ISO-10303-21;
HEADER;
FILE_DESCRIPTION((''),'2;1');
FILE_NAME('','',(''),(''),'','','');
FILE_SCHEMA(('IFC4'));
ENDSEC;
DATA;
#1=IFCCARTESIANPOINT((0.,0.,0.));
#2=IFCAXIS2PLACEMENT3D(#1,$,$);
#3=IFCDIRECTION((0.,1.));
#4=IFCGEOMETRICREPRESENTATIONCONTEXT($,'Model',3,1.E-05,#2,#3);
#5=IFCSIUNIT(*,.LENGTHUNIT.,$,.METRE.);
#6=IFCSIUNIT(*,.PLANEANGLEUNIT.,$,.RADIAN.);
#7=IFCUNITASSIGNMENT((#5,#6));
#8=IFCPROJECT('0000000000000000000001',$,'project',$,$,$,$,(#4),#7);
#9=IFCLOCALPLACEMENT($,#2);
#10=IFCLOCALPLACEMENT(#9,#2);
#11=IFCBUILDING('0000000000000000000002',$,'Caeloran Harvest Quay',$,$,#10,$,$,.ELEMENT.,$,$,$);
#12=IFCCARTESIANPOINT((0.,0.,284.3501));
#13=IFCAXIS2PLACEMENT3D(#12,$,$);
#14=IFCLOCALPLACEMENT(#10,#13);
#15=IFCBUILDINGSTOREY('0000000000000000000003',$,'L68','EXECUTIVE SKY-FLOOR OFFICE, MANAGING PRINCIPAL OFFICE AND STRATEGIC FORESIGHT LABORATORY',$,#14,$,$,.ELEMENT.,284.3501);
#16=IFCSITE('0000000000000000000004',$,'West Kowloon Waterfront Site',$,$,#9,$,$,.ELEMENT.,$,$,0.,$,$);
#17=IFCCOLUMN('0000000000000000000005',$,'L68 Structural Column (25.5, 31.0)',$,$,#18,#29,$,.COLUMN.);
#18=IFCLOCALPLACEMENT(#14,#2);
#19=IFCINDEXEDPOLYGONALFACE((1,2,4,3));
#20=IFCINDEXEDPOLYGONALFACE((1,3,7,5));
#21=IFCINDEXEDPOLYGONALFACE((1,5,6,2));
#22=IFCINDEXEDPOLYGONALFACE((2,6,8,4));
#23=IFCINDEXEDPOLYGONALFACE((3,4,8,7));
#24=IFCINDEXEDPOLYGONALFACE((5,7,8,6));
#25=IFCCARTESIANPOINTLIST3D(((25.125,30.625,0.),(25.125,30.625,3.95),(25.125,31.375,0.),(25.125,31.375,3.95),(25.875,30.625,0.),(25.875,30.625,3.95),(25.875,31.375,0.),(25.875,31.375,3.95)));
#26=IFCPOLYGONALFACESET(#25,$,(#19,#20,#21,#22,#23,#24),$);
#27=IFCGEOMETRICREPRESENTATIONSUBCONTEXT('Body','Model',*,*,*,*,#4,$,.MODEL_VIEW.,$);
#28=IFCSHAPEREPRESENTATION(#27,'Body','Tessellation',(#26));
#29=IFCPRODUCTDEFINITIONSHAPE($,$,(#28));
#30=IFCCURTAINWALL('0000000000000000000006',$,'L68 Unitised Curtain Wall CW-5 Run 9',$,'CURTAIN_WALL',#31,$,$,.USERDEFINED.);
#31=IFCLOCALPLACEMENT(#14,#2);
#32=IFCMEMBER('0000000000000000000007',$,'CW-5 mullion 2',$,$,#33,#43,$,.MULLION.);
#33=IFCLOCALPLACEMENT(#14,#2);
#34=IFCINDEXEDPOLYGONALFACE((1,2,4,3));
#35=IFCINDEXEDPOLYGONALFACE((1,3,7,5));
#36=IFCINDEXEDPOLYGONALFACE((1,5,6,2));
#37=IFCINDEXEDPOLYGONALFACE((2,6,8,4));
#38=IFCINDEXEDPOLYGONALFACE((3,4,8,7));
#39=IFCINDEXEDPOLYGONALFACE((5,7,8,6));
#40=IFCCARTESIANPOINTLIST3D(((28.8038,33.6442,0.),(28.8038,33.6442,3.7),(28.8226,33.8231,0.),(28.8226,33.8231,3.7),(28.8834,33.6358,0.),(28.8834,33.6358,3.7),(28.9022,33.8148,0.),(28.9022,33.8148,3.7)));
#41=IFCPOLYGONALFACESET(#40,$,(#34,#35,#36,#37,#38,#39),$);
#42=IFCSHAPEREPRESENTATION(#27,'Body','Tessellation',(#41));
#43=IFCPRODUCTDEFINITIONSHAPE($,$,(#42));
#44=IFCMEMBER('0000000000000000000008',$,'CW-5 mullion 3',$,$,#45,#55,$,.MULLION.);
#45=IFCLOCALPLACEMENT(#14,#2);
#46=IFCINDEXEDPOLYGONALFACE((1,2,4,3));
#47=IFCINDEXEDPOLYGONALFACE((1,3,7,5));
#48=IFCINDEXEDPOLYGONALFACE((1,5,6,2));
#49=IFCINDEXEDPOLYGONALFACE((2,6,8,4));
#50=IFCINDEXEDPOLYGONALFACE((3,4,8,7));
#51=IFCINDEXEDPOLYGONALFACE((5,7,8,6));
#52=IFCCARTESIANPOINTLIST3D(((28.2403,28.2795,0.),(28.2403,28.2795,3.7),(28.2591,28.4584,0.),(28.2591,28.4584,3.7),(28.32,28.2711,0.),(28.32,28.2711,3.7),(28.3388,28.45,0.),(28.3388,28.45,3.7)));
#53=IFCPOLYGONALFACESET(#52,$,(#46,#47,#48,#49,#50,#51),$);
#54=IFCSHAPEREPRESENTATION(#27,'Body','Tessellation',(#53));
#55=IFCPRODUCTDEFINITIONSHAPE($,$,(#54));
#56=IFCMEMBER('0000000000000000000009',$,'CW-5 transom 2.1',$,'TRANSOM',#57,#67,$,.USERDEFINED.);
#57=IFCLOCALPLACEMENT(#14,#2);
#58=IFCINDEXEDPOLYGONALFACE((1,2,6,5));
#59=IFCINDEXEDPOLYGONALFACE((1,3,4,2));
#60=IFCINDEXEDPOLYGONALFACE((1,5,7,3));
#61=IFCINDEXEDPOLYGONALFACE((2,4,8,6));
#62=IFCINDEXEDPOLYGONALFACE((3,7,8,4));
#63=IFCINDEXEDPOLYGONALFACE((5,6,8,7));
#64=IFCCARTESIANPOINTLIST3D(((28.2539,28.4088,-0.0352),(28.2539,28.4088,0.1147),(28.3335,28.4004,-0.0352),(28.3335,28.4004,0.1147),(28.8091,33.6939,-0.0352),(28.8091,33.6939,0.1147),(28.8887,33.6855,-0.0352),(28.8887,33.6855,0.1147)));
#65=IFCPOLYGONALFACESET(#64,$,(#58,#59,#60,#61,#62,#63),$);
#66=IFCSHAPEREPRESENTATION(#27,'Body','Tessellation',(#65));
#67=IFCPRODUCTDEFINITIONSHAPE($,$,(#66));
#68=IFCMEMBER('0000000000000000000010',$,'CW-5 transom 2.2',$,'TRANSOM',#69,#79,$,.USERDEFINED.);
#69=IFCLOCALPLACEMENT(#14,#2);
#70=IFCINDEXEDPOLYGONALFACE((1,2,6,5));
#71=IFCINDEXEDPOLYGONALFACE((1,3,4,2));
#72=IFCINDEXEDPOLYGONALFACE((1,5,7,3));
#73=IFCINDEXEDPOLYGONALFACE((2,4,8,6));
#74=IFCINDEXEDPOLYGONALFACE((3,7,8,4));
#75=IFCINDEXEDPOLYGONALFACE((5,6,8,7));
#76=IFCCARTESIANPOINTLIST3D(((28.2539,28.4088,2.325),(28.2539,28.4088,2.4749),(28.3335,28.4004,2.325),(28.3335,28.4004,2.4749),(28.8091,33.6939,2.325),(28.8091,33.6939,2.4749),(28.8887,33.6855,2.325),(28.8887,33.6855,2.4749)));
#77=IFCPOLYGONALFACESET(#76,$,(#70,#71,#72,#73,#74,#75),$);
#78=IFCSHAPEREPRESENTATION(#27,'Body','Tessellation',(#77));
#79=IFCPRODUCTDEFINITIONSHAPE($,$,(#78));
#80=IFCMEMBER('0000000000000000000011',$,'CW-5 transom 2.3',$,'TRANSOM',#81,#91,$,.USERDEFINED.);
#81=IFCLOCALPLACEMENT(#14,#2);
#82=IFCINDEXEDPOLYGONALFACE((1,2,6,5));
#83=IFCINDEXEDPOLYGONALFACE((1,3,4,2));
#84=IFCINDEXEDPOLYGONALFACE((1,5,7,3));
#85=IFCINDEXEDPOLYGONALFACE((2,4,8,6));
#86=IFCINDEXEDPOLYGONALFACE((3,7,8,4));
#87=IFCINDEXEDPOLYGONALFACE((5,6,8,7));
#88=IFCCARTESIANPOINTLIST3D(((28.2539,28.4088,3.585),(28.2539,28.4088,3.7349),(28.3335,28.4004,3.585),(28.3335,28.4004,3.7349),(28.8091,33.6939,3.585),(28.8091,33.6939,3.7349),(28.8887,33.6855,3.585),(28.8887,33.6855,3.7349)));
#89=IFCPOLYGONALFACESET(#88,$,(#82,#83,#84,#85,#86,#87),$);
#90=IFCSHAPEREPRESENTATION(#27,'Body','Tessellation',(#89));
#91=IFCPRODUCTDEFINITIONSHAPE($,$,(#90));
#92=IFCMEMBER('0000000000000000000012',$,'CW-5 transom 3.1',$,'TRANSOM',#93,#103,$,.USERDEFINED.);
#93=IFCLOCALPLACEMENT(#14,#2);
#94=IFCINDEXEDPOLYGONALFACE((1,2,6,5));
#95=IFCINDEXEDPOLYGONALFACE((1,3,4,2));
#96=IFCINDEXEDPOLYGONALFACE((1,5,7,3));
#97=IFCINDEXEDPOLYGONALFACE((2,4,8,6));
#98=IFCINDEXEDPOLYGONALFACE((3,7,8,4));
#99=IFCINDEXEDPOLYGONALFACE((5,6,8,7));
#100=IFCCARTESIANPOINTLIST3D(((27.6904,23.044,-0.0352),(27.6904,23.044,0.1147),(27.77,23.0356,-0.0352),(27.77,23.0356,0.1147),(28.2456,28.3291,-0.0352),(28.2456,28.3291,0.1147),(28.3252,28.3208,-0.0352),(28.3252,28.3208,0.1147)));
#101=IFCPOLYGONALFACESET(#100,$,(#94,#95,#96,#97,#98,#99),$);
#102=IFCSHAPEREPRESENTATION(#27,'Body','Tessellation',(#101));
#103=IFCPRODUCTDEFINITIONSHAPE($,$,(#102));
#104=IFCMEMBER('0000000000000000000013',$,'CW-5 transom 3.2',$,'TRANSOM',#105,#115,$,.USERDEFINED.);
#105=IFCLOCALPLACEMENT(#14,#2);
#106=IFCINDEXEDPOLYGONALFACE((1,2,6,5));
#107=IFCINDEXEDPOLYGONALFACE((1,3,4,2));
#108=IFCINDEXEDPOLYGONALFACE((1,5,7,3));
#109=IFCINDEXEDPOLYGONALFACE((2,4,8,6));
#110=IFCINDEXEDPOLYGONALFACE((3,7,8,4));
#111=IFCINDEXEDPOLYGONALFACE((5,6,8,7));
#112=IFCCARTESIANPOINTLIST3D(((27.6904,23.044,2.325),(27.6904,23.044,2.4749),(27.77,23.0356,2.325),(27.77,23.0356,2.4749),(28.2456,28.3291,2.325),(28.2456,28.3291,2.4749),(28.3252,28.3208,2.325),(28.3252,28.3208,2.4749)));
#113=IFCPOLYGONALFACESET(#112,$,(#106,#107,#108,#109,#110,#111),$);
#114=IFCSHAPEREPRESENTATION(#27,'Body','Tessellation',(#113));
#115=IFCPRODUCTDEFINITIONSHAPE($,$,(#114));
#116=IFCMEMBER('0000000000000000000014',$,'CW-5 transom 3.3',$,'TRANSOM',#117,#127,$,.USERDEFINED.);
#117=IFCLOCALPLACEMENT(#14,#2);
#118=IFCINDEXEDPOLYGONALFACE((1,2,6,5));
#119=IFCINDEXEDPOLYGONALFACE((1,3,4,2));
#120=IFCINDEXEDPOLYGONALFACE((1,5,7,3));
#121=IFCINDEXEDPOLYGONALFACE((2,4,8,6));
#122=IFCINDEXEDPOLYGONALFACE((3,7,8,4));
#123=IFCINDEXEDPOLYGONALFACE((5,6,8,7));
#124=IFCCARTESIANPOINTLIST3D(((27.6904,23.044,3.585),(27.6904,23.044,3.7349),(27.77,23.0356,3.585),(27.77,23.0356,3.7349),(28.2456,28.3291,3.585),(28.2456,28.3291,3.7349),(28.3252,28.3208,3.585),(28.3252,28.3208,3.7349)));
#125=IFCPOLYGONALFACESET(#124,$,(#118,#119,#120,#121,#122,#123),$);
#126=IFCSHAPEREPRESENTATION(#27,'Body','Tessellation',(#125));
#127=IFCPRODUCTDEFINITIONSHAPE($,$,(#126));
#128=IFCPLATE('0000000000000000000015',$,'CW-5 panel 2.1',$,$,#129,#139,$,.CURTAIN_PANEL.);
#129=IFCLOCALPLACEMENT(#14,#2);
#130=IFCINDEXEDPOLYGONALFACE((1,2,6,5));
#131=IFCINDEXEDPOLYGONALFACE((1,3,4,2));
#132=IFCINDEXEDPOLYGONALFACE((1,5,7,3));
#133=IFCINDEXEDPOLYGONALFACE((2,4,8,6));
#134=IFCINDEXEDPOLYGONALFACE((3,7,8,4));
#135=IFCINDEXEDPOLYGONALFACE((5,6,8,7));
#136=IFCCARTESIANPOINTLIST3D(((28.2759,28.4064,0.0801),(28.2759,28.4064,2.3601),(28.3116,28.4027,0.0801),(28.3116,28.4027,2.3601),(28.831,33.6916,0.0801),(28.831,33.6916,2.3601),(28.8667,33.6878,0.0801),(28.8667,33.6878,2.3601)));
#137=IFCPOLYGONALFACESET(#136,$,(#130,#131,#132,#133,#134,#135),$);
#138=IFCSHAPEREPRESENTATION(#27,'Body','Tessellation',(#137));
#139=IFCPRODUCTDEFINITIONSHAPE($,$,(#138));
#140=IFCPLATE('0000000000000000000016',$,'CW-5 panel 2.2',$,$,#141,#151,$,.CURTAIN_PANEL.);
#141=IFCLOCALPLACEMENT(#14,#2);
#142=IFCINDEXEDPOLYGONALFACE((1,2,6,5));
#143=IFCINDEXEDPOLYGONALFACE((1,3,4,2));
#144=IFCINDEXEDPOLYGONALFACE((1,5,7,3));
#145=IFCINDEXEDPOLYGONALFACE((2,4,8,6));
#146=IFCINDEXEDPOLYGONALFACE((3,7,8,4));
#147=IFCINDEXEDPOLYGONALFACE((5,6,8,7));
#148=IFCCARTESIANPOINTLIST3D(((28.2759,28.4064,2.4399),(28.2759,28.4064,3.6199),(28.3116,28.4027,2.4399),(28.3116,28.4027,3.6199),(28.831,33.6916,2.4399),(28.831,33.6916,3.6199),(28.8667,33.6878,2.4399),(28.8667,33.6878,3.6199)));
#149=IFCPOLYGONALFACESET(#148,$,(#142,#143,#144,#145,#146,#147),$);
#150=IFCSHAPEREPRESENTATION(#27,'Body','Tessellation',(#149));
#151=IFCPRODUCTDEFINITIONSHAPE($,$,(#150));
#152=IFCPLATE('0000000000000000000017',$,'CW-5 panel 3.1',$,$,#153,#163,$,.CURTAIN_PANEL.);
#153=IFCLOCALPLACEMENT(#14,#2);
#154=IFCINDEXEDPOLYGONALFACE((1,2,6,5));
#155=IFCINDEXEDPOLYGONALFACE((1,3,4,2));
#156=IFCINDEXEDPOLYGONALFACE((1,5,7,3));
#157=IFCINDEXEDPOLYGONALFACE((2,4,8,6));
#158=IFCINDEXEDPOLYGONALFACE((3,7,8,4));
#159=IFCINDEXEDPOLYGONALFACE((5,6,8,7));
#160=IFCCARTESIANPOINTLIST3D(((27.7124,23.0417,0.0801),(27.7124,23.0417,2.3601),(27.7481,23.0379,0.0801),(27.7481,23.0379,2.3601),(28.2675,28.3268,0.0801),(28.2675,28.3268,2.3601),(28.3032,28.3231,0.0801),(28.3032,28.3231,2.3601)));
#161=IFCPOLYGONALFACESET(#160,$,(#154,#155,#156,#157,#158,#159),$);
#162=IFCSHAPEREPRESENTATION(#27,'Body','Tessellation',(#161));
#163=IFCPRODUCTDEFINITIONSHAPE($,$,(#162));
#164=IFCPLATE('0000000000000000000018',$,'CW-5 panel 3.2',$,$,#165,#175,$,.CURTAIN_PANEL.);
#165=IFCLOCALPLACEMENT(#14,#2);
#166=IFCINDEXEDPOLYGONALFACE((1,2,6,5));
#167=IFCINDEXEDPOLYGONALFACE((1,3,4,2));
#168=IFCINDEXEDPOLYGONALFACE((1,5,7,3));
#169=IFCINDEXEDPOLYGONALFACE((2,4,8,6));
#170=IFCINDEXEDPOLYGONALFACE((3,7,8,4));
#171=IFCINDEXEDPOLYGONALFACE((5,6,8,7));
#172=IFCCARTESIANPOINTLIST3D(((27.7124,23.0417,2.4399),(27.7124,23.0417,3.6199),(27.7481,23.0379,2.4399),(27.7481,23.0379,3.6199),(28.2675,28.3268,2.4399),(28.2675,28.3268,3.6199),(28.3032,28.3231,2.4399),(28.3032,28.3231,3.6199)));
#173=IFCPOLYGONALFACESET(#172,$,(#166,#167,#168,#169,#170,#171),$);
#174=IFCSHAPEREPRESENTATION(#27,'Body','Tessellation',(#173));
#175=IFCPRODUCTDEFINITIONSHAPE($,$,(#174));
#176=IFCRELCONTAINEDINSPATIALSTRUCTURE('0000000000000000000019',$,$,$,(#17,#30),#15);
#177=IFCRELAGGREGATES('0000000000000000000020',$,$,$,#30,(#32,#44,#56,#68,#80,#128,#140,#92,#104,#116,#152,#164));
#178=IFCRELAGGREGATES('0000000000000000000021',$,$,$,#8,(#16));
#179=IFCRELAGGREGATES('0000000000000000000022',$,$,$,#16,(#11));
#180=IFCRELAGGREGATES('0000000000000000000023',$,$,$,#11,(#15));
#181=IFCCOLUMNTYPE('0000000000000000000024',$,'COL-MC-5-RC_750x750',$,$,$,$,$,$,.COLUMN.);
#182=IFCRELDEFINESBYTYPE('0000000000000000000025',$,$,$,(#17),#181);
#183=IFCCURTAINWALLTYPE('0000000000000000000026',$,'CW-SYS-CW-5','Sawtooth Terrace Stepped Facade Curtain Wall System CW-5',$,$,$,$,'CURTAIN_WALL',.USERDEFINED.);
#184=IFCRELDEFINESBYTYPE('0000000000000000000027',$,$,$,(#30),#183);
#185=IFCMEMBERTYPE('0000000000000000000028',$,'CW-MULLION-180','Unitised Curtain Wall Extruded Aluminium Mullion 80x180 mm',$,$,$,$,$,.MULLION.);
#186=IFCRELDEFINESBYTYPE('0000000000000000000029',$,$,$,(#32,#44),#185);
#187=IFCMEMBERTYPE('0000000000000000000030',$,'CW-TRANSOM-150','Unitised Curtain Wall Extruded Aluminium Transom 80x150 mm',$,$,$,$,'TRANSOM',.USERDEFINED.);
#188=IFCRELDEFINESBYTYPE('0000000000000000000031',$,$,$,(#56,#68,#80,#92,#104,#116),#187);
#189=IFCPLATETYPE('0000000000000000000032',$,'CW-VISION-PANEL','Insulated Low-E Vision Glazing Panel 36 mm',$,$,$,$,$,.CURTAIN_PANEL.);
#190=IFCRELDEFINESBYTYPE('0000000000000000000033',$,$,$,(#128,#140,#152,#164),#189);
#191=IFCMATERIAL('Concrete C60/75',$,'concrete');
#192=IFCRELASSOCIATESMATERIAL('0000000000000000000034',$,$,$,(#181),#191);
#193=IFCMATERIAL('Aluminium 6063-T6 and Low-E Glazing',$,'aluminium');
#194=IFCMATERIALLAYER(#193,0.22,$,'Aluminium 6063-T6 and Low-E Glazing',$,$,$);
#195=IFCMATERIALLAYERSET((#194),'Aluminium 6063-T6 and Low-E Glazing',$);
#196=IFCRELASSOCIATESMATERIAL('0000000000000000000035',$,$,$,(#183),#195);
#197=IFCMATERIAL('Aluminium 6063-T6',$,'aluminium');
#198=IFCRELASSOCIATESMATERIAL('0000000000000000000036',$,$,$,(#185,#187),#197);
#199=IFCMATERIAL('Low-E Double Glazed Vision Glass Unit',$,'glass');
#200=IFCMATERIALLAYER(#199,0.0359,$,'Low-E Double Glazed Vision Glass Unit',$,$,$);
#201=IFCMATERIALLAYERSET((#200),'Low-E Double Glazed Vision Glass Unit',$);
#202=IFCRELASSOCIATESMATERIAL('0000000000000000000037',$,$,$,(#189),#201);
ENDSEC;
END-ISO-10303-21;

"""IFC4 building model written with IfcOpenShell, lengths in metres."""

from ifc_helpers import new_model, si_unit, direction, frame, origin, origin_2d, place, context, subcontext, project, spatial, rectangle, extrude, material, layer, layer_set, material_profile, profile_set, type_object, element, aggregate, save


model = new_model("IFC4")

# Units and contexts
model_context = context("Model", 3, precision=1e-05, world=origin(), true_north=direction((0.0, 1.0)))
body_context = subcontext(model_context, "Body", "Model", "MODEL_VIEW")
ifc_project = project(units=[si_unit("LENGTHUNIT", "METRE"), si_unit("PLANEANGLEUNIT", "RADIAN")], contexts=[model_context])

# Site, building, storey
site_placement = place(None, origin())
site = spatial("IfcSite", under=ifc_project, at=site_placement, Name="West Kowloon Waterfront Site", CompositionType="ELEMENT", RefElevation=0.0)
building_placement = place(site_placement, origin())
building = spatial("IfcBuilding", under=site, at=building_placement, Name="Caeloran Harvest Quay", CompositionType="ELEMENT")
storey_placement = place(building_placement, frame((0.0, 0.0, 284.3501)))
storey = spatial("IfcBuildingStorey", under=building, at=storey_placement, Name="L68", Description="EXECUTIVE SKY-FLOOR OFFICE, MANAGING PRINCIPAL OFFICE AND STRATEGIC FORESIGHT LABORATORY", CompositionType="ELEMENT", Elevation=284.3501)

# Column
ifc_material_1 = material(Name="Concrete C60/75", Category="concrete")
ifc_material_profile_1 = material_profile(ifc_material_1, rectangle(XDim=0.75, YDim=0.75, at=origin_2d()), Name="RC 750x750")
ifc_profile_set_1 = profile_set([ifc_material_profile_1], Name="Concrete C60/75")
column_type = type_object("IfcColumnType", Name="COL-MC-5-RC_750x750", PredefinedType="COLUMN", material=ifc_profile_set_1)
column_placement = place(storey_placement, frame((25.5, 31.0, 0.0), z_axis=(0.0, 0.0, 1.0), x_axis=(1.0, 0.0, 0.0)))
element("IfcColumn", 1, at=column_placement, inside=storey, type_object=column_type, Name="L68 Structural Column (25.5, 31.0)", PredefinedType="COLUMN", context=body_context, shape_type="SweptSolid", body=[
    extrude(rectangle(XDim=0.75, YDim=0.75, at=origin_2d()), origin(), (0.0, 0.0, 1.0), 3.95),
])

# Curtain wall, members, plates
ifc_material_2 = material(Name="Aluminium 6063-T6 and Low-E Glazing", Category="aluminium")
ifc_layer_1 = layer(ifc_material_2, 0.22, Name="Aluminium 6063-T6 and Low-E Glazing")
ifc_layer_set_1 = layer_set([ifc_layer_1], Name="Aluminium 6063-T6 and Low-E Glazing")
curtain_wall_type = type_object("IfcCurtainWallType", Name="CW-SYS-CW-5", Description="Sawtooth Terrace Stepped Facade Curtain Wall System CW-5", ElementType="CURTAIN_WALL", PredefinedType="USERDEFINED", material=ifc_layer_set_1)
curtain_wall_placement = place(storey_placement, origin())
curtain_wall = element("IfcCurtainWall", 2, at=curtain_wall_placement, inside=storey, type_object=curtain_wall_type, Name="L68 Unitised Curtain Wall CW-5 Run 9", ObjectType="CURTAIN_WALL", PredefinedType="USERDEFINED")
ifc_material_3 = material(Name="Aluminium 6063-T6", Category="aluminium")
ifc_material_profile_2 = material_profile(ifc_material_3, rectangle(XDim=0.0801, YDim=0.1799, at=origin_2d()), Name="CW-MULLION-180")
ifc_profile_set_2 = profile_set([ifc_material_profile_2], Name="Aluminium 6063-T6")
member_type_1 = type_object("IfcMemberType", Name="CW-MULLION-180", Description="Unitised Curtain Wall Extruded Aluminium Mullion 80x180 mm", PredefinedType="MULLION", material=ifc_profile_set_2)
member_1_placement = place(storey_placement, frame((28.853, 33.7295, 0.0), z_axis=(0.0, 0.0, 1.0), x_axis=(0.994529, -0.10446, 0.0)))
member_1 = element("IfcMember", 3, at=member_1_placement, type_object=member_type_1, Name="CW-5 mullion 2", PredefinedType="MULLION", context=body_context, shape_type="SweptSolid", body=[
    extrude(rectangle(XDim=0.0801, YDim=0.1799, at=origin_2d()), origin(), (0.0, 0.0, 1.0), 3.7),
])
member_2_placement = place(storey_placement, frame((28.2896, 28.3647, 0.0), z_axis=(0.0, 0.0, 1.0), x_axis=(0.994529, -0.10446, 0.0)))
member_2 = element("IfcMember", 4, at=member_2_placement, type_object=member_type_1, Name="CW-5 mullion 3", PredefinedType="MULLION", context=body_context, shape_type="SweptSolid", body=[
    extrude(rectangle(XDim=0.0801, YDim=0.1799, at=origin_2d()), origin(), (0.0, 0.0, 1.0), 3.7),
])
ifc_material_profile_3 = material_profile(ifc_material_3, rectangle(XDim=0.0801, YDim=0.1499, at=origin_2d()), Name="CW-TRANSOM-150")
ifc_profile_set_3 = profile_set([ifc_material_profile_3], Name="Aluminium 6063-T6")
member_type_2 = type_object("IfcMemberType", Name="CW-TRANSOM-150", Description="Unitised Curtain Wall Extruded Aluminium Transom 80x150 mm", ElementType="TRANSOM", PredefinedType="USERDEFINED", material=ifc_profile_set_3)
member_3_placement = place(storey_placement, frame((28.8489, 33.6897, 0.0398), z_axis=(-0.10447, -0.994528, 0.0), x_axis=(0.994528, -0.10447, 0.0)))
member_3 = element("IfcMember", 5, at=member_3_placement, type_object=member_type_2, Name="CW-5 transom 2.1", ObjectType="TRANSOM", PredefinedType="USERDEFINED", context=body_context, shape_type="SweptSolid", body=[
    extrude(rectangle(XDim=0.0801, YDim=0.1499, at=origin_2d()), origin(), (0.0, 0.0, 1.0), 5.3142),
])
member_4_placement = place(storey_placement, frame((28.8489, 33.6897, 2.3999), z_axis=(-0.10447, -0.994528, 0.0), x_axis=(0.994528, -0.10447, 0.0)))
member_4 = element("IfcMember", 6, at=member_4_placement, type_object=member_type_2, Name="CW-5 transom 2.2", ObjectType="TRANSOM", PredefinedType="USERDEFINED", context=body_context, shape_type="SweptSolid", body=[
    extrude(rectangle(XDim=0.0801, YDim=0.1499, at=origin_2d()), origin(), (0.0, 0.0, 1.0), 5.3142),
])
member_5_placement = place(storey_placement, frame((28.8489, 33.6897, 3.6599), z_axis=(-0.10447, -0.994528, 0.0), x_axis=(0.994528, -0.10447, 0.0)))
member_5 = element("IfcMember", 7, at=member_5_placement, type_object=member_type_2, Name="CW-5 transom 2.3", ObjectType="TRANSOM", PredefinedType="USERDEFINED", context=body_context, shape_type="SweptSolid", body=[
    extrude(rectangle(XDim=0.0801, YDim=0.1499, at=origin_2d()), origin(), (0.0, 0.0, 1.0), 5.3142),
])
member_6_placement = place(storey_placement, frame((28.2854, 28.325, 0.0398), z_axis=(-0.10447, -0.994528, 0.0), x_axis=(0.994528, -0.10447, 0.0)))
member_6 = element("IfcMember", 8, at=member_6_placement, type_object=member_type_2, Name="CW-5 transom 3.1", ObjectType="TRANSOM", PredefinedType="USERDEFINED", context=body_context, shape_type="SweptSolid", body=[
    extrude(rectangle(XDim=0.0801, YDim=0.1499, at=origin_2d()), origin(), (0.0, 0.0, 1.0), 5.3142),
])
member_7_placement = place(storey_placement, frame((28.2854, 28.325, 2.3999), z_axis=(-0.10447, -0.994528, 0.0), x_axis=(0.994528, -0.10447, 0.0)))
member_7 = element("IfcMember", 9, at=member_7_placement, type_object=member_type_2, Name="CW-5 transom 3.2", ObjectType="TRANSOM", PredefinedType="USERDEFINED", context=body_context, shape_type="SweptSolid", body=[
    extrude(rectangle(XDim=0.0801, YDim=0.1499, at=origin_2d()), origin(), (0.0, 0.0, 1.0), 5.3142),
])
member_8_placement = place(storey_placement, frame((28.2854, 28.325, 3.6599), z_axis=(-0.10447, -0.994528, 0.0), x_axis=(0.994528, -0.10447, 0.0)))
member_8 = element("IfcMember", 10, at=member_8_placement, type_object=member_type_2, Name="CW-5 transom 3.3", ObjectType="TRANSOM", PredefinedType="USERDEFINED", context=body_context, shape_type="SweptSolid", body=[
    extrude(rectangle(XDim=0.0801, YDim=0.1499, at=origin_2d()), origin(), (0.0, 0.0, 1.0), 5.3142),
])
ifc_material_4 = material(Name="Low-E Double Glazed Vision Glass Unit", Category="glass")
ifc_layer_2 = layer(ifc_material_4, 0.0359, Name="Low-E Double Glazed Vision Glass Unit")
ifc_layer_set_2 = layer_set([ifc_layer_2], Name="Low-E Double Glazed Vision Glass Unit")
plate_type = type_object("IfcPlateType", Name="CW-VISION-PANEL", Description="Insulated Low-E Vision Glazing Panel 36 mm", PredefinedType="CURTAIN_PANEL", material=ifc_layer_set_2)
plate_1_placement = place(storey_placement, frame((28.5713, 31.0471, 0.0801), z_axis=(0.0, 0.0, 1.0), x_axis=(-0.10446, -0.994529, 0.0)))
plate_1 = element("IfcPlate", 11, at=plate_1_placement, type_object=plate_type, Name="CW-5 panel 2.1", PredefinedType="CURTAIN_PANEL", context=body_context, shape_type="SweptSolid", body=[
    extrude(rectangle(XDim=5.3142, YDim=0.0359, at=origin_2d()), origin(), (0.0, 0.0, 1.0), 2.28),
])
plate_2_placement = place(storey_placement, frame((28.5713, 31.0471, 2.4399), z_axis=(0.0, 0.0, 1.0), x_axis=(-0.10446, -0.994529, 0.0)))
plate_2 = element("IfcPlate", 12, at=plate_2_placement, type_object=plate_type, Name="CW-5 panel 2.2", PredefinedType="CURTAIN_PANEL", context=body_context, shape_type="SweptSolid", body=[
    extrude(rectangle(XDim=5.3142, YDim=0.0359, at=origin_2d()), origin(), (0.0, 0.0, 1.0), 1.1799),
])
plate_3_placement = place(storey_placement, frame((28.0078, 25.6824, 0.0801), z_axis=(0.0, 0.0, 1.0), x_axis=(-0.10446, -0.994529, 0.0)))
plate_3 = element("IfcPlate", 13, at=plate_3_placement, type_object=plate_type, Name="CW-5 panel 3.1", PredefinedType="CURTAIN_PANEL", context=body_context, shape_type="SweptSolid", body=[
    extrude(rectangle(XDim=5.3142, YDim=0.0359, at=origin_2d()), origin(), (0.0, 0.0, 1.0), 2.28),
])
plate_4_placement = place(storey_placement, frame((28.0078, 25.6824, 2.4399), z_axis=(0.0, 0.0, 1.0), x_axis=(-0.10446, -0.994529, 0.0)))
plate_4 = element("IfcPlate", 14, at=plate_4_placement, type_object=plate_type, Name="CW-5 panel 3.2", PredefinedType="CURTAIN_PANEL", context=body_context, shape_type="SweptSolid", body=[
    extrude(rectangle(XDim=5.3142, YDim=0.0359, at=origin_2d()), origin(), (0.0, 0.0, 1.0), 1.1799),
])
aggregate(curtain_wall, [member_1, member_2, member_3, member_4, member_5, plate_1, plate_2, member_6, member_7, member_8, plate_3, plate_4])

save(model, "model.ifc")
